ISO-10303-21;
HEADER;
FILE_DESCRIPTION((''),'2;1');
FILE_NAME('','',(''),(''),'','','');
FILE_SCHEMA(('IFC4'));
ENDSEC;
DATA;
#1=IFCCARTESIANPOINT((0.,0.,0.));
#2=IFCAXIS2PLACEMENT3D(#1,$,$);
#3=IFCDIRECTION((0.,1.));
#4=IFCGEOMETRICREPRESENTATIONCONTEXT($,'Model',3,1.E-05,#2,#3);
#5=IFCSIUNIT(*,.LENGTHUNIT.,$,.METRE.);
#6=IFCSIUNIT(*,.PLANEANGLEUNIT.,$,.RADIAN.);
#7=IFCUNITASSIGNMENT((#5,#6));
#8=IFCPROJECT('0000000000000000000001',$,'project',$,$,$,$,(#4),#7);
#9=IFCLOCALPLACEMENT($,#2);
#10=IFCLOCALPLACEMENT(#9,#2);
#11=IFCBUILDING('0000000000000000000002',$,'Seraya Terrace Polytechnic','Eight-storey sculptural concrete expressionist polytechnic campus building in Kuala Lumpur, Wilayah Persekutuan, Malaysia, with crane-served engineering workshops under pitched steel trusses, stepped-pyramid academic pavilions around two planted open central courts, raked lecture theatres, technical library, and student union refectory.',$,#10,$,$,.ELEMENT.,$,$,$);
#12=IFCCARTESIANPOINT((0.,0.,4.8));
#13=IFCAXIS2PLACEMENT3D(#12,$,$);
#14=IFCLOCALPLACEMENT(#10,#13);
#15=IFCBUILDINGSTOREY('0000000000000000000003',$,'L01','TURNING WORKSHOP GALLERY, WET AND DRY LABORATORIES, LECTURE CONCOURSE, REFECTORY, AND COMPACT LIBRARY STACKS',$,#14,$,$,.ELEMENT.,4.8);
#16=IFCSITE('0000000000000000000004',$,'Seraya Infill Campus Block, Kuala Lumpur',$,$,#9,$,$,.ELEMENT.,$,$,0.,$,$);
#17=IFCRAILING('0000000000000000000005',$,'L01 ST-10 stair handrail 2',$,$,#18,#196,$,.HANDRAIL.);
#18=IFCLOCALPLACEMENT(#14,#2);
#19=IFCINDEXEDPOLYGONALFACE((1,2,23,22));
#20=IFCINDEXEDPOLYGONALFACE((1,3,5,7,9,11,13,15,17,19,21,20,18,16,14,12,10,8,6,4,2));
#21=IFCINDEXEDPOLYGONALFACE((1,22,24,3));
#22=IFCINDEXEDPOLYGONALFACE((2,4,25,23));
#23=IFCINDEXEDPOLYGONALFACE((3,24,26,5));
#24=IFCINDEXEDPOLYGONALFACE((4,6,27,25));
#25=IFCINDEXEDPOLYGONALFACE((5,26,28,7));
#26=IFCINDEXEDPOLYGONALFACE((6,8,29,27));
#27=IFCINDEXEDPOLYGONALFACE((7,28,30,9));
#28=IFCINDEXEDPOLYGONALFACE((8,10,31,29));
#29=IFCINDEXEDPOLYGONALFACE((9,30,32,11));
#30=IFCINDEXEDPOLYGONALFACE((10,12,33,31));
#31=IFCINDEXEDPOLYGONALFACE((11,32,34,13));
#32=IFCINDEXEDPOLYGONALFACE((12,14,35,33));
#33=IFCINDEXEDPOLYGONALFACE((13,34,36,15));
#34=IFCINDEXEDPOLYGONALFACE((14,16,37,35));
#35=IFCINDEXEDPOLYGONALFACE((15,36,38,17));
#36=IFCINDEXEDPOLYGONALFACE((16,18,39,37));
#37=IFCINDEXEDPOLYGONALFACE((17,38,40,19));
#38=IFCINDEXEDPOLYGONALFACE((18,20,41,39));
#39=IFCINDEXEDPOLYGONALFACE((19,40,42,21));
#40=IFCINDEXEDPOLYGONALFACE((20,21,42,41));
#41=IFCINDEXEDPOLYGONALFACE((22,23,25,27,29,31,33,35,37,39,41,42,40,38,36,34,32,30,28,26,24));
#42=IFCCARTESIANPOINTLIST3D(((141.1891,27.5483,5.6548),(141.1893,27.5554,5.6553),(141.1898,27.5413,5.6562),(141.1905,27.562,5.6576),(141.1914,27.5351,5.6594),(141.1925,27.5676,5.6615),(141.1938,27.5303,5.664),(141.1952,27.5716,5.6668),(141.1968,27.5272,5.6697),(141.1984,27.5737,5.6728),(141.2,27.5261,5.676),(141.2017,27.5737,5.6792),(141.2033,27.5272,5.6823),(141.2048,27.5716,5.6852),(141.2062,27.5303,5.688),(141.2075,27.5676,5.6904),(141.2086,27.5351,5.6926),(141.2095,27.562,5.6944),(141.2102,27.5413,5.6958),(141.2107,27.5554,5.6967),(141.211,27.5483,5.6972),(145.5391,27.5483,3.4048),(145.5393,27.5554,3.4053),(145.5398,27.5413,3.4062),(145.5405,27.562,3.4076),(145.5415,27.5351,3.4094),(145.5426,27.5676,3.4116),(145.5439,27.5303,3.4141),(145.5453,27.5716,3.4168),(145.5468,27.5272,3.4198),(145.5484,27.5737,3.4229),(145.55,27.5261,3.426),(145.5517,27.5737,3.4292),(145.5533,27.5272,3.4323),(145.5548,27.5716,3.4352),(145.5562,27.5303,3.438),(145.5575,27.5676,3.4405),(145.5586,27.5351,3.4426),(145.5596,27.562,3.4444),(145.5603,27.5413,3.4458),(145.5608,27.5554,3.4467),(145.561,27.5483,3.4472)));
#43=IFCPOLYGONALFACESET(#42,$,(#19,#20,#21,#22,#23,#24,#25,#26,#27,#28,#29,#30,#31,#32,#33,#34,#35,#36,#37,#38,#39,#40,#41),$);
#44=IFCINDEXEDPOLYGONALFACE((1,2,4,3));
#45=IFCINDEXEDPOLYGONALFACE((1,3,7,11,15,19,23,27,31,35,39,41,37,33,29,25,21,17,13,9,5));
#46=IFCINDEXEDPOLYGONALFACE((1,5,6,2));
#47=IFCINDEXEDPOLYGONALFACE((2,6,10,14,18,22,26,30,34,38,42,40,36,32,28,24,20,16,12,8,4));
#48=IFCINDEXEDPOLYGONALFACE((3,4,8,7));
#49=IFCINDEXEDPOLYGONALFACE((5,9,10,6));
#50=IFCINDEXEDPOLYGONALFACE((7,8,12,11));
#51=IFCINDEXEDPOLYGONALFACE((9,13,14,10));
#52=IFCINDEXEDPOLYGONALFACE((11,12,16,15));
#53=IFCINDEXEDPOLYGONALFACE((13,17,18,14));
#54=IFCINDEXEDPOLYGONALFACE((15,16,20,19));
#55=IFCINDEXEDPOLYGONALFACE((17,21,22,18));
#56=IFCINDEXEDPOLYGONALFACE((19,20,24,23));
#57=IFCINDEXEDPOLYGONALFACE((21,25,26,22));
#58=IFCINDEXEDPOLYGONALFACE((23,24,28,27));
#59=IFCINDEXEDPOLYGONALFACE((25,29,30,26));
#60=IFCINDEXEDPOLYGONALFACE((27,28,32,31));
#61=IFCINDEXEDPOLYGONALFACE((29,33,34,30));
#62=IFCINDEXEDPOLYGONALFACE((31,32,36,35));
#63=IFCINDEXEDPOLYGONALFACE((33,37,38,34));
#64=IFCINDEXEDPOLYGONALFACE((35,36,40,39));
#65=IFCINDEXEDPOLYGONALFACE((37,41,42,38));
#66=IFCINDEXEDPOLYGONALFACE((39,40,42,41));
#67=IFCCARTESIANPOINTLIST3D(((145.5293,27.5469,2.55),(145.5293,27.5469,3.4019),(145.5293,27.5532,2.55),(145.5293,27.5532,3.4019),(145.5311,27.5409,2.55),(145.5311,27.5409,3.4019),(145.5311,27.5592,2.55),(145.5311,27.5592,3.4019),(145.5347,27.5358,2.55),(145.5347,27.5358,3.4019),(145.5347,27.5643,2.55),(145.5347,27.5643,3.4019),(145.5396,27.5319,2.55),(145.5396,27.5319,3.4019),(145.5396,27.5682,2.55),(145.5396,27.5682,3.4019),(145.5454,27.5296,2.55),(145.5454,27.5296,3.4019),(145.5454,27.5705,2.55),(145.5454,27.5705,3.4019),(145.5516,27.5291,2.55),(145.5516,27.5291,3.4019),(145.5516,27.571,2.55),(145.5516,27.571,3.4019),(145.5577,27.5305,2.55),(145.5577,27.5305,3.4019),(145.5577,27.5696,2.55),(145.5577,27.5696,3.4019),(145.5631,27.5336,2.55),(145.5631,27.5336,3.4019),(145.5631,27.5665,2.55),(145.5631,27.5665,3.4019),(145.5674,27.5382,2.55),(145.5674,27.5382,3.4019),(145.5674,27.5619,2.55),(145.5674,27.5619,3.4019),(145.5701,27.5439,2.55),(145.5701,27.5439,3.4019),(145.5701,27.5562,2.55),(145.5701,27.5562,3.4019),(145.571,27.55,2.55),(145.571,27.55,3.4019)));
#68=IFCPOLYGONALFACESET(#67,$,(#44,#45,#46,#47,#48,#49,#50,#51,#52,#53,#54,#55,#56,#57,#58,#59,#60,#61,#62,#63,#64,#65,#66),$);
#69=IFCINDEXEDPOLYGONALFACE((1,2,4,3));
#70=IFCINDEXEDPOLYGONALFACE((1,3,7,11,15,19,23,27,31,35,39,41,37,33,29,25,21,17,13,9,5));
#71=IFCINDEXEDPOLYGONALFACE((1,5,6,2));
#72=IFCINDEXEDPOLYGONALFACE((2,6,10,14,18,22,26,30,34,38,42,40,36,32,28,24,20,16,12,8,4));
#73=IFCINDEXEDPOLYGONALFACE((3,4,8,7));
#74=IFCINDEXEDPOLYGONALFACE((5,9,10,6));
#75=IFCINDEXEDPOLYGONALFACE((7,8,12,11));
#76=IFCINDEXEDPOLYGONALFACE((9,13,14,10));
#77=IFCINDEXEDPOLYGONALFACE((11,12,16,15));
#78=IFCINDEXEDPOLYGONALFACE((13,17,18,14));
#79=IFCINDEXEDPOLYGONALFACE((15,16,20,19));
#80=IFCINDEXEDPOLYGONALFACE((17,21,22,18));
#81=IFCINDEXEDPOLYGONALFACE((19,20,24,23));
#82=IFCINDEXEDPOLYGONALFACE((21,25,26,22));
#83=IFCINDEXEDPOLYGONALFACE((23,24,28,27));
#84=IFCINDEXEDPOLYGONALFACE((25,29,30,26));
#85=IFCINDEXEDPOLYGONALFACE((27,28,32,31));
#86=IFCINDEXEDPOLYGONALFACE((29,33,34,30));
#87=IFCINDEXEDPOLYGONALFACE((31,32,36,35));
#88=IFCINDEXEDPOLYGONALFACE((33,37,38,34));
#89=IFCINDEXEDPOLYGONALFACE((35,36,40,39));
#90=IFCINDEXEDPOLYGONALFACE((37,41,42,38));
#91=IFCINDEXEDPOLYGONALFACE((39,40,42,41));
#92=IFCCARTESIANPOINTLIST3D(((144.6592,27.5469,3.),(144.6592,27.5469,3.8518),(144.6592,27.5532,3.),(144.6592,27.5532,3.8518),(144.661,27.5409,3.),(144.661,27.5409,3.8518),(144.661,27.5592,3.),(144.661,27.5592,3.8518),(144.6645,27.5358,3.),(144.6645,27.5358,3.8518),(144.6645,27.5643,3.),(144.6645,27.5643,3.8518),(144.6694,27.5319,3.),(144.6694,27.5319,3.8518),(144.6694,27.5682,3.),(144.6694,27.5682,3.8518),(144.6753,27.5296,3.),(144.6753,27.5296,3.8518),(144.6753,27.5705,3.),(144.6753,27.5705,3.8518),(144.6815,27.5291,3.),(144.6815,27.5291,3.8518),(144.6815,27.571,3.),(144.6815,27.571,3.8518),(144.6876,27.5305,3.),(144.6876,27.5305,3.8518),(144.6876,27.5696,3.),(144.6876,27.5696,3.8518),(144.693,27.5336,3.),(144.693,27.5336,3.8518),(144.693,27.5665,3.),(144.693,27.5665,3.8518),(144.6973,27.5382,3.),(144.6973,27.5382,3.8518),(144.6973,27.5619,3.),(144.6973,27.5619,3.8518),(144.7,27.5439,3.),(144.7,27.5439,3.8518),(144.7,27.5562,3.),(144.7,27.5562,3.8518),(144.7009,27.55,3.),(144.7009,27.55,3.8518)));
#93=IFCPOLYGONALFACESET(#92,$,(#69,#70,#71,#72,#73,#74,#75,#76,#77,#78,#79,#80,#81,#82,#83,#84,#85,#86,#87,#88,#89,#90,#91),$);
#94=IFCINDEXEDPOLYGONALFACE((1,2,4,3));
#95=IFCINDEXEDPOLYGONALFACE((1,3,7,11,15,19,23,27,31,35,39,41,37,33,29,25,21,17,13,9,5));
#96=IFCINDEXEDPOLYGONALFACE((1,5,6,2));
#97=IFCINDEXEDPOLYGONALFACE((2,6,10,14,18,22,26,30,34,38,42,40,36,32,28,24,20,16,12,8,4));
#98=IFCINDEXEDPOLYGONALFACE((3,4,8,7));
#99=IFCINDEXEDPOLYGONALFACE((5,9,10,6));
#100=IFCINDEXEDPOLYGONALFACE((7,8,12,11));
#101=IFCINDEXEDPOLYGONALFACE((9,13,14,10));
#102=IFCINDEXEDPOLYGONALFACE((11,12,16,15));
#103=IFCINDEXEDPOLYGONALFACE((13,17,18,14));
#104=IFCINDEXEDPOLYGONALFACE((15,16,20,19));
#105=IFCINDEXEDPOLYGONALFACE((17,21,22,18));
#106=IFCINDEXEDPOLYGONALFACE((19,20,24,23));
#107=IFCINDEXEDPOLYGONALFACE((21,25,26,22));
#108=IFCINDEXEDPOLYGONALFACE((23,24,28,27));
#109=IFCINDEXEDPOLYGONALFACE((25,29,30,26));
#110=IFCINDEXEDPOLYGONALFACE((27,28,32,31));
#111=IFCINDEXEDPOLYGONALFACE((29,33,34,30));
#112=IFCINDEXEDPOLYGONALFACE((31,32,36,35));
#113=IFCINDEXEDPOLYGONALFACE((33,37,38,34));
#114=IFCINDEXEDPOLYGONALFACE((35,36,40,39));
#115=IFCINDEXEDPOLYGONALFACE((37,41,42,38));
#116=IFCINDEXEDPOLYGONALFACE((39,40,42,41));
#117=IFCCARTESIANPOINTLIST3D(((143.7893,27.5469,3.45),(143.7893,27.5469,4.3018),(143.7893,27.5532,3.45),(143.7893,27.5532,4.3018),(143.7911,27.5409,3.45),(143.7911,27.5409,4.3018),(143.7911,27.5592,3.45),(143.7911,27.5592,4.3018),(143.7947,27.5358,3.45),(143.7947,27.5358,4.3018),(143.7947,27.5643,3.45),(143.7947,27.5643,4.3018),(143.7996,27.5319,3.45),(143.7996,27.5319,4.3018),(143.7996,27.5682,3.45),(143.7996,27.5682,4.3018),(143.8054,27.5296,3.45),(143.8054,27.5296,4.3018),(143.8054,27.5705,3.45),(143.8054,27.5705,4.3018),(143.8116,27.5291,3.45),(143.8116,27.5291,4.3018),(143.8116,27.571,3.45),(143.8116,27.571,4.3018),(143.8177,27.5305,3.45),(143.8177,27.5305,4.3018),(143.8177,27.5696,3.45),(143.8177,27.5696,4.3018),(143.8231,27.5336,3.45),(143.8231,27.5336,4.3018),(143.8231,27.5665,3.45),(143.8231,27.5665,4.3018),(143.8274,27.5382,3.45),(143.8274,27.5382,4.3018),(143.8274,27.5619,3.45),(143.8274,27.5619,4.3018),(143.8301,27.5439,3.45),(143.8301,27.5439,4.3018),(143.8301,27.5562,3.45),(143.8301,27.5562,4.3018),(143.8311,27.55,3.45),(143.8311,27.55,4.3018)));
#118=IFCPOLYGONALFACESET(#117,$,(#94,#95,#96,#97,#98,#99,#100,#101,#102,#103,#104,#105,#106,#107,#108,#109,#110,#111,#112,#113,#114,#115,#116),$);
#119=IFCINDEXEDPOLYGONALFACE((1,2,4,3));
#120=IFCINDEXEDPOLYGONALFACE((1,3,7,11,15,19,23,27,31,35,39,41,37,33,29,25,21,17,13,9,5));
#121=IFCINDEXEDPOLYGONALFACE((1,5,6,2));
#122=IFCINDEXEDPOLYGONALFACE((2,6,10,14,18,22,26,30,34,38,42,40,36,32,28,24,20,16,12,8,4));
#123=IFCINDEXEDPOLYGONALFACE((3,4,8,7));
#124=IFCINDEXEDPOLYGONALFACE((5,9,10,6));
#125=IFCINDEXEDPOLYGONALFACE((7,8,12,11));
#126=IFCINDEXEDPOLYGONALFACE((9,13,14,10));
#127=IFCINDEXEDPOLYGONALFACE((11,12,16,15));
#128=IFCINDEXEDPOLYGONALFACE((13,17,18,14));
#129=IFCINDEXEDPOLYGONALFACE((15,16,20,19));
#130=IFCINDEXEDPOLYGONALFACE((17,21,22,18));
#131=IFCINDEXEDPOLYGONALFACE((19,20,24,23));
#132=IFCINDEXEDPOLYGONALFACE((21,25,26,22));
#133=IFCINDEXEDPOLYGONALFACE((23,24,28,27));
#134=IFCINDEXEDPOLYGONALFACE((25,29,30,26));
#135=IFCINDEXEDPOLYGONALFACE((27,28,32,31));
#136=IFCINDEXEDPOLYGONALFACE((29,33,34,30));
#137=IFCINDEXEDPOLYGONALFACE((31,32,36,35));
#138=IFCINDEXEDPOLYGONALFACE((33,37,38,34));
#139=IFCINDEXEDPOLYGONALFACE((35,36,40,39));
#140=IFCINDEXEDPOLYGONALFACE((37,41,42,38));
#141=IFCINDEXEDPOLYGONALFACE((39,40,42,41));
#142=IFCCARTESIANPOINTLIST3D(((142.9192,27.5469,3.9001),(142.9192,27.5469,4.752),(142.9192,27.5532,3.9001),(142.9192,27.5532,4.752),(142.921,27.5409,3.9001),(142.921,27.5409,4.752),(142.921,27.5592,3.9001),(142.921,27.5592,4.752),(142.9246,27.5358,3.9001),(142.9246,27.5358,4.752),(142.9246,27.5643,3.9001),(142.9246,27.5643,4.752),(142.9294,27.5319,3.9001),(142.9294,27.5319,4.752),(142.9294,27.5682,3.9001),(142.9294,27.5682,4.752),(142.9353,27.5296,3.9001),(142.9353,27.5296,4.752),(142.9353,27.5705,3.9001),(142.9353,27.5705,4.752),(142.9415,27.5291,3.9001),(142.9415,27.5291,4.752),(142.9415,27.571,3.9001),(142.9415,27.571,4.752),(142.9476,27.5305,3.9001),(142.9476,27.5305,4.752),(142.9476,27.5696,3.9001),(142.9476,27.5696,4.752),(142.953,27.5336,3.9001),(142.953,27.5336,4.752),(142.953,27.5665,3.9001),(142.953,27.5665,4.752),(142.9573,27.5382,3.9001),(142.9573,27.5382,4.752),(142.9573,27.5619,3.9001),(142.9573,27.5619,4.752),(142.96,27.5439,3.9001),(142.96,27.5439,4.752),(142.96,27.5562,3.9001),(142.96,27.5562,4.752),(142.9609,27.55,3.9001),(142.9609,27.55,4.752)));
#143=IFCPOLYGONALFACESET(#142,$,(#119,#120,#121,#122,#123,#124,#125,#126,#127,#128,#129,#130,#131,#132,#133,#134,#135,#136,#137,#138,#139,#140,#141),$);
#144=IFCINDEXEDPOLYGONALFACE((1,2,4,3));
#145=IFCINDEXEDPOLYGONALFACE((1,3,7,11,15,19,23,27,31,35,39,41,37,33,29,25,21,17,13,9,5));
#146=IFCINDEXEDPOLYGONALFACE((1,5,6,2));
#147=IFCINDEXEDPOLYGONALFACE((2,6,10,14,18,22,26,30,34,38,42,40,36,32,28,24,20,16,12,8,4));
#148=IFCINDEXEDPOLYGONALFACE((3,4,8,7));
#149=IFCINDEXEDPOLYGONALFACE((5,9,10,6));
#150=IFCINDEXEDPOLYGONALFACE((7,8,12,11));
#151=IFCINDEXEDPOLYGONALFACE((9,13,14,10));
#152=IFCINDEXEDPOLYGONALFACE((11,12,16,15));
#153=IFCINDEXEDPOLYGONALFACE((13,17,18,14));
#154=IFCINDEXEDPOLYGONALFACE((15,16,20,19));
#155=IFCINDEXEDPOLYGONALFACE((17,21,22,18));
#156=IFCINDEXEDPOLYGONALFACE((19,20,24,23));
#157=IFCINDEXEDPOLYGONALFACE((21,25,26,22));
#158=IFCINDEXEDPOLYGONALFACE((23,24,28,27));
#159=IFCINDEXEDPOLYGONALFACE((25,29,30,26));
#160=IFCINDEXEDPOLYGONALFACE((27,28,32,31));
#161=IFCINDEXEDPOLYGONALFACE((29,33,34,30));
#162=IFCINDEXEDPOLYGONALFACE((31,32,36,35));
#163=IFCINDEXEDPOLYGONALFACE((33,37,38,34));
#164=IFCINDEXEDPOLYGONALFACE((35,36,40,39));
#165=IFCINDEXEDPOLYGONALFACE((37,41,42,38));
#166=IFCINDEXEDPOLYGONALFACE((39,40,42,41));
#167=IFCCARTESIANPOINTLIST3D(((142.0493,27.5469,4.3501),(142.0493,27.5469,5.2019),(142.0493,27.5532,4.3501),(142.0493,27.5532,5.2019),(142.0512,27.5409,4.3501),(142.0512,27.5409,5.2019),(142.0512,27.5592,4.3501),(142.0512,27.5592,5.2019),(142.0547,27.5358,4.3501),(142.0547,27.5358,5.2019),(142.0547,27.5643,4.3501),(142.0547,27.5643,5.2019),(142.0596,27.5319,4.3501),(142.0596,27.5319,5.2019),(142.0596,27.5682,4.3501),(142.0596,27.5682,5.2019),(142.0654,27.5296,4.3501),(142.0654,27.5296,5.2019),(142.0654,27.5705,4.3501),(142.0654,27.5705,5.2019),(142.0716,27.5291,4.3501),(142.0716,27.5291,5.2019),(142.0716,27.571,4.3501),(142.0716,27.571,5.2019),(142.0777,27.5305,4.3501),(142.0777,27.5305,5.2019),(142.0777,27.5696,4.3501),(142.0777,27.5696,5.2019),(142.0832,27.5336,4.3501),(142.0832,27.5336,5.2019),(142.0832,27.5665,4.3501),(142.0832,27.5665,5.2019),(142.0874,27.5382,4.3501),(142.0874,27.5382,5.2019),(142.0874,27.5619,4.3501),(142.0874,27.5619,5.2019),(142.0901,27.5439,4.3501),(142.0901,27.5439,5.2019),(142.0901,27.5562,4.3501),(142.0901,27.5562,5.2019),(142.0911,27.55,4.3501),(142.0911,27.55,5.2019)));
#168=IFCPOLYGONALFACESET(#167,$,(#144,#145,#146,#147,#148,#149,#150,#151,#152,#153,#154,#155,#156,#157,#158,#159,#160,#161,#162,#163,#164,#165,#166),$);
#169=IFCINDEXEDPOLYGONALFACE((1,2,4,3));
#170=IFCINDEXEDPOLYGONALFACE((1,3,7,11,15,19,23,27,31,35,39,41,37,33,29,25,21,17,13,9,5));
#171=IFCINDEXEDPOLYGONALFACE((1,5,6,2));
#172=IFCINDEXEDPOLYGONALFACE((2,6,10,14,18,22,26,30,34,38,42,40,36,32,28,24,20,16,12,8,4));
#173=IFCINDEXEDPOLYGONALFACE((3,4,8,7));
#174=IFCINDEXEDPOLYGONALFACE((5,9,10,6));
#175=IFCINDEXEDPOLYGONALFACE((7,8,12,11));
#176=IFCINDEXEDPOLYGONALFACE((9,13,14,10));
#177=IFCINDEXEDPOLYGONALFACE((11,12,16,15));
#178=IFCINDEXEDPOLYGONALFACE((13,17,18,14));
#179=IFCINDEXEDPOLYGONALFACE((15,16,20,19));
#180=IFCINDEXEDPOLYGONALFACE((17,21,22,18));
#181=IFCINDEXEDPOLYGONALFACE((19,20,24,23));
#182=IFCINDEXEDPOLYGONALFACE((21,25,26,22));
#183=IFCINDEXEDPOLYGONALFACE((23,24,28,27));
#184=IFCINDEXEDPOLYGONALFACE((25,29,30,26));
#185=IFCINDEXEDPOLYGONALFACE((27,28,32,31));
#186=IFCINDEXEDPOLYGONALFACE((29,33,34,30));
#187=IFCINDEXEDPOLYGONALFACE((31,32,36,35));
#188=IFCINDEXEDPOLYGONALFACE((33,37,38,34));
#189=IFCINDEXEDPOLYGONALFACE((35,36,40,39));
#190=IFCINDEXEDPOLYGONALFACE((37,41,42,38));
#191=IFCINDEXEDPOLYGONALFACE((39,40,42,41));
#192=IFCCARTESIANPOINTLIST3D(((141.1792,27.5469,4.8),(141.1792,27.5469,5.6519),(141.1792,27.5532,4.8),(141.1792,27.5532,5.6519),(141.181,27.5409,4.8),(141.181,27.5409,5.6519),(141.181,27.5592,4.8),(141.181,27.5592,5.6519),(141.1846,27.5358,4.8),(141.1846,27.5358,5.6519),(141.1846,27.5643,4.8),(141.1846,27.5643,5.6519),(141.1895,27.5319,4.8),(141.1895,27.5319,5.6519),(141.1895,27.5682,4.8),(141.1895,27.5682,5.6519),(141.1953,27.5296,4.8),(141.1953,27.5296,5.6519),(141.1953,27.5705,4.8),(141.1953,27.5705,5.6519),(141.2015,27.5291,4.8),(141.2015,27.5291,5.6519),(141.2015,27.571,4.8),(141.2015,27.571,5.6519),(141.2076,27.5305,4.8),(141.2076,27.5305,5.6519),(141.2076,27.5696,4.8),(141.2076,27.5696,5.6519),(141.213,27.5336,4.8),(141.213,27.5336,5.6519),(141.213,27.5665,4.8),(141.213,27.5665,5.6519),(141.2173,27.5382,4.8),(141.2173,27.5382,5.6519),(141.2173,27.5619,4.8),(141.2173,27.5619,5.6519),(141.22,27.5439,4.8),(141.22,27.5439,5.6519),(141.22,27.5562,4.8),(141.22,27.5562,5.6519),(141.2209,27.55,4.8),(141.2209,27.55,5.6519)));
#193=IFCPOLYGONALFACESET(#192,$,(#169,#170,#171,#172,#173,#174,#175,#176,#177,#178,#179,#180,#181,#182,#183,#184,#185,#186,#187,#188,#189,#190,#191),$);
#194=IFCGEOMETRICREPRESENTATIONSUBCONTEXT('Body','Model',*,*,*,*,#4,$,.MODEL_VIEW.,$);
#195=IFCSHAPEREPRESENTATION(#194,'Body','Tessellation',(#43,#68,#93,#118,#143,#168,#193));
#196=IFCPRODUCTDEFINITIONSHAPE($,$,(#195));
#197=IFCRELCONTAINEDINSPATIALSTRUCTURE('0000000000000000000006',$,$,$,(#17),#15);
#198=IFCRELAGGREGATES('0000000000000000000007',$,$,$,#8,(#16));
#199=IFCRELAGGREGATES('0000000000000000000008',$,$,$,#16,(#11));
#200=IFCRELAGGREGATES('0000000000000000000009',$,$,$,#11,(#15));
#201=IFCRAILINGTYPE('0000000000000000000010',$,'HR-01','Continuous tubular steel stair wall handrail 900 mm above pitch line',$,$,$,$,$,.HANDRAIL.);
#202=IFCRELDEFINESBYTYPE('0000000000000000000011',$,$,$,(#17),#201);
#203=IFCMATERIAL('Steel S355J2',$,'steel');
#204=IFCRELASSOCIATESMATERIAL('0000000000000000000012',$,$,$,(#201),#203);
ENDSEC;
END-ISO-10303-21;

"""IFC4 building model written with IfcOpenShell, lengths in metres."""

from ifc_helpers import new_model, si_unit, direction, frame, origin, origin_2d, place, context, subcontext, project, spatial, circle, extrude, material, type_object, element, save


model = new_model("IFC4")

# Units and contexts
model_context = context("Model", 3, precision=1e-05, world=origin(), true_north=direction((0.0, 1.0)))
body_context = subcontext(model_context, "Body", "Model", "MODEL_VIEW")
ifc_project = project(units=[si_unit("LENGTHUNIT", "METRE"), si_unit("PLANEANGLEUNIT", "RADIAN")], contexts=[model_context])

# Site, building, storey
site_placement = place(None, origin())
site = spatial("IfcSite", under=ifc_project, at=site_placement, Name="Seraya Infill Campus Block, Kuala Lumpur", CompositionType="ELEMENT", RefElevation=0.0)
building_placement = place(site_placement, origin())
building = spatial("IfcBuilding", under=site, at=building_placement, Name="Seraya Terrace Polytechnic", Description="Eight-storey sculptural concrete expressionist polytechnic campus building in Kuala Lumpur, Wilayah Persekutuan, Malaysia, with crane-served engineering workshops under pitched steel trusses, stepped-pyramid academic pavilions around two planted open central courts, raked lecture theatres, technical library, and student union refectory.", CompositionType="ELEMENT")
storey_placement = place(building_placement, frame((0.0, 0.0, 4.8)))
storey = spatial("IfcBuildingStorey", under=building, at=storey_placement, Name="L01", Description="TURNING WORKSHOP GALLERY, WET AND DRY LABORATORIES, LECTURE CONCOURSE, REFECTORY, AND COMPACT LIBRARY STACKS", CompositionType="ELEMENT", Elevation=4.8)

# Shared definitions
ifc_material_1 = material(Name="Steel S355J2", Category="steel")

# Railing
railing_type_1 = type_object("IfcRailingType", Name="HR-01", Description="Continuous tubular steel stair wall handrail 900 mm above pitch line", PredefinedType="HANDRAIL", material=ifc_material_1)
railing_1_placement = place(storey_placement, frame((145.55, 27.55, 2.55)))
element("IfcRailing", 1, at=railing_1_placement, inside=storey, type_object=railing_type_1, Name="L01 ST-10 stair handrail 2", PredefinedType="HANDRAIL", context=body_context, shape_type="SweptSolid", body=[
    extrude(circle(Radius=0.0239, at=origin_2d()), frame((0.0, 0.0, 0.876), z_axis=(-0.888222, 0.0, 0.459415), x_axis=(0.0, -1.0, 0.0)), (0.0, 0.0, 1.0), 4.8975),
    extrude(circle(Radius=0.021, at=origin_2d()), origin(), (0.0, 0.0, 1.0), 0.8518),
    extrude(circle(Radius=0.021, at=origin_2d()), frame((-0.8701, 0.0, 0.45)), (0.0, 0.0, 1.0), 0.8518),
    extrude(circle(Radius=0.021, at=origin_2d()), frame((-1.74, 0.0, 0.8999)), (0.0, 0.0, 1.0), 0.8518),
    extrude(circle(Radius=0.021, at=origin_2d()), frame((-2.6101, 0.0, 1.3501)), (0.0, 0.0, 1.0), 0.8518),
    extrude(circle(Radius=0.021, at=origin_2d()), frame((-3.48, 0.0, 1.8)), (0.0, 0.0, 1.0), 0.8518),
    extrude(circle(Radius=0.021, at=origin_2d()), frame((-4.3501, 0.0, 2.25)), (0.0, 0.0, 1.0), 0.8518),
])

save(model, "model.ifc")
